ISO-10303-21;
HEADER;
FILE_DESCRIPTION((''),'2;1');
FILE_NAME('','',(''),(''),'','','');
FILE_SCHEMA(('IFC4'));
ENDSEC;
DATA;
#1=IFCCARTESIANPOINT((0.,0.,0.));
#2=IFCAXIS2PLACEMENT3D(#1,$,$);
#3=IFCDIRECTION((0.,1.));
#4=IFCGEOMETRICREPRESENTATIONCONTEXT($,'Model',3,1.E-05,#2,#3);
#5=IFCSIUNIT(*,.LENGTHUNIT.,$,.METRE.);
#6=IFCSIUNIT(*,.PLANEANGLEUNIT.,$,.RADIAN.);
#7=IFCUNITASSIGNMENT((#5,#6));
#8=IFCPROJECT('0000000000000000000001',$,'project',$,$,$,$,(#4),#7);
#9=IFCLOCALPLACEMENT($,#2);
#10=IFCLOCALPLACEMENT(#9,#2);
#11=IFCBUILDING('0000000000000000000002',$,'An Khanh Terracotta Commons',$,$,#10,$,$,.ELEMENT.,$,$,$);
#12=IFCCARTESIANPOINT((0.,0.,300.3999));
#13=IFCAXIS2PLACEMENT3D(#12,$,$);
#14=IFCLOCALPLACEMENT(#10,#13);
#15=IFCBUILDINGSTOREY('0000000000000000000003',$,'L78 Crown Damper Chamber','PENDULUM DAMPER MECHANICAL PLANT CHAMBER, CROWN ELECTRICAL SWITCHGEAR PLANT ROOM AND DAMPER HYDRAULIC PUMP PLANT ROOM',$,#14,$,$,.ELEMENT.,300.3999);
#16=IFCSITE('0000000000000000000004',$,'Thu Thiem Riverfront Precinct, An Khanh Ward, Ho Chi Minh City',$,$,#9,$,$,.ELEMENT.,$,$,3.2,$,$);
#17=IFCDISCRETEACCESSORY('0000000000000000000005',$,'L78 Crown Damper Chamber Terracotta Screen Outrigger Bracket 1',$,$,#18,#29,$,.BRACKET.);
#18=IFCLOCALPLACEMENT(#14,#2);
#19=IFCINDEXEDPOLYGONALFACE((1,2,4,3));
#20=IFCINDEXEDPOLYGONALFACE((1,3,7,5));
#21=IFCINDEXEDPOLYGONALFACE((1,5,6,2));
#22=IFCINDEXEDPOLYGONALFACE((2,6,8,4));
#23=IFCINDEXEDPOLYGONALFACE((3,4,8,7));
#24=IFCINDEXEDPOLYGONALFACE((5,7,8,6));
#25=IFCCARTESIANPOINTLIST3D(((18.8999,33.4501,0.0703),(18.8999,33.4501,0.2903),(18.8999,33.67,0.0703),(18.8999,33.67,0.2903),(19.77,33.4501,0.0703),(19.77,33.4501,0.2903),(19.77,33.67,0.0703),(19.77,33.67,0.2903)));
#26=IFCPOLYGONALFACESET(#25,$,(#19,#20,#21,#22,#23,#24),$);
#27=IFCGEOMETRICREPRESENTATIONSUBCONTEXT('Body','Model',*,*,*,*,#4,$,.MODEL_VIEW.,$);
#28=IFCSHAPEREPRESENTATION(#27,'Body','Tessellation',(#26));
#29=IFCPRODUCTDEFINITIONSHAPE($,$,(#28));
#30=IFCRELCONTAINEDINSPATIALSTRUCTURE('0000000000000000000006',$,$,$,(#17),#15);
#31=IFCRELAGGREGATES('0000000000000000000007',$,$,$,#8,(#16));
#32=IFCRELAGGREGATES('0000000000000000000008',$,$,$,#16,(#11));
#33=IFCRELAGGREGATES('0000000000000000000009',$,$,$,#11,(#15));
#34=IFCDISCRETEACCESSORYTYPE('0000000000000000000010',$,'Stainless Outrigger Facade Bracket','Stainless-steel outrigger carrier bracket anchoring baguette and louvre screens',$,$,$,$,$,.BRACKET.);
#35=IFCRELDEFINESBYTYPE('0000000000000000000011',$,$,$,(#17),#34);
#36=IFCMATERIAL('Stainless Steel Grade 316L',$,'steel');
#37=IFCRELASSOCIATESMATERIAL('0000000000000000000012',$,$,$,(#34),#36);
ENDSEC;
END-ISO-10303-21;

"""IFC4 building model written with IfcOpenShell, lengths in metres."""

from ifc_helpers import new_model, si_unit, direction, frame, origin, origin_2d, place, context, subcontext, project, spatial, rectangle, extrude, material, type_object, element, save


model = new_model("IFC4")

# Units and contexts
model_context = context("Model", 3, precision=1e-05, world=origin(), true_north=direction((0.0, 1.0)))
body_context = subcontext(model_context, "Body", "Model", "MODEL_VIEW")
ifc_project = project(units=[si_unit("LENGTHUNIT", "METRE"), si_unit("PLANEANGLEUNIT", "RADIAN")], contexts=[model_context])

# Site, building, storey
site_placement = place(None, origin())
site = spatial("IfcSite", under=ifc_project, at=site_placement, Name="Thu Thiem Riverfront Precinct, An Khanh Ward, Ho Chi Minh City", CompositionType="ELEMENT", RefElevation=3.2)
building_placement = place(site_placement, origin())
building = spatial("IfcBuilding", under=site, at=building_placement, Name="An Khanh Terracotta Commons", CompositionType="ELEMENT")
storey_placement = place(building_placement, frame((0.0, 0.0, 300.3999)))
storey = spatial("IfcBuildingStorey", under=building, at=storey_placement, Name="L78 Crown Damper Chamber", Description="PENDULUM DAMPER MECHANICAL PLANT CHAMBER, CROWN ELECTRICAL SWITCHGEAR PLANT ROOM AND DAMPER HYDRAULIC PUMP PLANT ROOM", CompositionType="ELEMENT", Elevation=300.3999)

# Discrete accessory
ifc_material_1 = material(Name="Stainless Steel Grade 316L", Category="steel")
discrete_accessory_type = type_object("IfcDiscreteAccessoryType", Name="Stainless Outrigger Facade Bracket", Description="Stainless-steel outrigger carrier bracket anchoring baguette and louvre screens", PredefinedType="BRACKET", material=ifc_material_1)
for number, where, z_axis, x_axis, name in (
    (1, (19.335, 33.5601, 0.0703), (0.0, 0.0, 1.0), (0.0, -1.0, 0.0), "L78 Crown Damper Chamber Terracotta Screen Outrigger Bracket 1"),
):
    element("IfcDiscreteAccessory", number, at=place(storey_placement, frame(where, z_axis=z_axis, x_axis=x_axis)), inside=storey, type_object=discrete_accessory_type, Name=name, PredefinedType="BRACKET", context=body_context, shape_type="SweptSolid", body=[
        extrude(rectangle(XDim=0.22, YDim=0.8701, at=origin_2d()), origin(), (0.0, 0.0, 1.0), 0.22),
    ])

save(model, "model.ifc")
